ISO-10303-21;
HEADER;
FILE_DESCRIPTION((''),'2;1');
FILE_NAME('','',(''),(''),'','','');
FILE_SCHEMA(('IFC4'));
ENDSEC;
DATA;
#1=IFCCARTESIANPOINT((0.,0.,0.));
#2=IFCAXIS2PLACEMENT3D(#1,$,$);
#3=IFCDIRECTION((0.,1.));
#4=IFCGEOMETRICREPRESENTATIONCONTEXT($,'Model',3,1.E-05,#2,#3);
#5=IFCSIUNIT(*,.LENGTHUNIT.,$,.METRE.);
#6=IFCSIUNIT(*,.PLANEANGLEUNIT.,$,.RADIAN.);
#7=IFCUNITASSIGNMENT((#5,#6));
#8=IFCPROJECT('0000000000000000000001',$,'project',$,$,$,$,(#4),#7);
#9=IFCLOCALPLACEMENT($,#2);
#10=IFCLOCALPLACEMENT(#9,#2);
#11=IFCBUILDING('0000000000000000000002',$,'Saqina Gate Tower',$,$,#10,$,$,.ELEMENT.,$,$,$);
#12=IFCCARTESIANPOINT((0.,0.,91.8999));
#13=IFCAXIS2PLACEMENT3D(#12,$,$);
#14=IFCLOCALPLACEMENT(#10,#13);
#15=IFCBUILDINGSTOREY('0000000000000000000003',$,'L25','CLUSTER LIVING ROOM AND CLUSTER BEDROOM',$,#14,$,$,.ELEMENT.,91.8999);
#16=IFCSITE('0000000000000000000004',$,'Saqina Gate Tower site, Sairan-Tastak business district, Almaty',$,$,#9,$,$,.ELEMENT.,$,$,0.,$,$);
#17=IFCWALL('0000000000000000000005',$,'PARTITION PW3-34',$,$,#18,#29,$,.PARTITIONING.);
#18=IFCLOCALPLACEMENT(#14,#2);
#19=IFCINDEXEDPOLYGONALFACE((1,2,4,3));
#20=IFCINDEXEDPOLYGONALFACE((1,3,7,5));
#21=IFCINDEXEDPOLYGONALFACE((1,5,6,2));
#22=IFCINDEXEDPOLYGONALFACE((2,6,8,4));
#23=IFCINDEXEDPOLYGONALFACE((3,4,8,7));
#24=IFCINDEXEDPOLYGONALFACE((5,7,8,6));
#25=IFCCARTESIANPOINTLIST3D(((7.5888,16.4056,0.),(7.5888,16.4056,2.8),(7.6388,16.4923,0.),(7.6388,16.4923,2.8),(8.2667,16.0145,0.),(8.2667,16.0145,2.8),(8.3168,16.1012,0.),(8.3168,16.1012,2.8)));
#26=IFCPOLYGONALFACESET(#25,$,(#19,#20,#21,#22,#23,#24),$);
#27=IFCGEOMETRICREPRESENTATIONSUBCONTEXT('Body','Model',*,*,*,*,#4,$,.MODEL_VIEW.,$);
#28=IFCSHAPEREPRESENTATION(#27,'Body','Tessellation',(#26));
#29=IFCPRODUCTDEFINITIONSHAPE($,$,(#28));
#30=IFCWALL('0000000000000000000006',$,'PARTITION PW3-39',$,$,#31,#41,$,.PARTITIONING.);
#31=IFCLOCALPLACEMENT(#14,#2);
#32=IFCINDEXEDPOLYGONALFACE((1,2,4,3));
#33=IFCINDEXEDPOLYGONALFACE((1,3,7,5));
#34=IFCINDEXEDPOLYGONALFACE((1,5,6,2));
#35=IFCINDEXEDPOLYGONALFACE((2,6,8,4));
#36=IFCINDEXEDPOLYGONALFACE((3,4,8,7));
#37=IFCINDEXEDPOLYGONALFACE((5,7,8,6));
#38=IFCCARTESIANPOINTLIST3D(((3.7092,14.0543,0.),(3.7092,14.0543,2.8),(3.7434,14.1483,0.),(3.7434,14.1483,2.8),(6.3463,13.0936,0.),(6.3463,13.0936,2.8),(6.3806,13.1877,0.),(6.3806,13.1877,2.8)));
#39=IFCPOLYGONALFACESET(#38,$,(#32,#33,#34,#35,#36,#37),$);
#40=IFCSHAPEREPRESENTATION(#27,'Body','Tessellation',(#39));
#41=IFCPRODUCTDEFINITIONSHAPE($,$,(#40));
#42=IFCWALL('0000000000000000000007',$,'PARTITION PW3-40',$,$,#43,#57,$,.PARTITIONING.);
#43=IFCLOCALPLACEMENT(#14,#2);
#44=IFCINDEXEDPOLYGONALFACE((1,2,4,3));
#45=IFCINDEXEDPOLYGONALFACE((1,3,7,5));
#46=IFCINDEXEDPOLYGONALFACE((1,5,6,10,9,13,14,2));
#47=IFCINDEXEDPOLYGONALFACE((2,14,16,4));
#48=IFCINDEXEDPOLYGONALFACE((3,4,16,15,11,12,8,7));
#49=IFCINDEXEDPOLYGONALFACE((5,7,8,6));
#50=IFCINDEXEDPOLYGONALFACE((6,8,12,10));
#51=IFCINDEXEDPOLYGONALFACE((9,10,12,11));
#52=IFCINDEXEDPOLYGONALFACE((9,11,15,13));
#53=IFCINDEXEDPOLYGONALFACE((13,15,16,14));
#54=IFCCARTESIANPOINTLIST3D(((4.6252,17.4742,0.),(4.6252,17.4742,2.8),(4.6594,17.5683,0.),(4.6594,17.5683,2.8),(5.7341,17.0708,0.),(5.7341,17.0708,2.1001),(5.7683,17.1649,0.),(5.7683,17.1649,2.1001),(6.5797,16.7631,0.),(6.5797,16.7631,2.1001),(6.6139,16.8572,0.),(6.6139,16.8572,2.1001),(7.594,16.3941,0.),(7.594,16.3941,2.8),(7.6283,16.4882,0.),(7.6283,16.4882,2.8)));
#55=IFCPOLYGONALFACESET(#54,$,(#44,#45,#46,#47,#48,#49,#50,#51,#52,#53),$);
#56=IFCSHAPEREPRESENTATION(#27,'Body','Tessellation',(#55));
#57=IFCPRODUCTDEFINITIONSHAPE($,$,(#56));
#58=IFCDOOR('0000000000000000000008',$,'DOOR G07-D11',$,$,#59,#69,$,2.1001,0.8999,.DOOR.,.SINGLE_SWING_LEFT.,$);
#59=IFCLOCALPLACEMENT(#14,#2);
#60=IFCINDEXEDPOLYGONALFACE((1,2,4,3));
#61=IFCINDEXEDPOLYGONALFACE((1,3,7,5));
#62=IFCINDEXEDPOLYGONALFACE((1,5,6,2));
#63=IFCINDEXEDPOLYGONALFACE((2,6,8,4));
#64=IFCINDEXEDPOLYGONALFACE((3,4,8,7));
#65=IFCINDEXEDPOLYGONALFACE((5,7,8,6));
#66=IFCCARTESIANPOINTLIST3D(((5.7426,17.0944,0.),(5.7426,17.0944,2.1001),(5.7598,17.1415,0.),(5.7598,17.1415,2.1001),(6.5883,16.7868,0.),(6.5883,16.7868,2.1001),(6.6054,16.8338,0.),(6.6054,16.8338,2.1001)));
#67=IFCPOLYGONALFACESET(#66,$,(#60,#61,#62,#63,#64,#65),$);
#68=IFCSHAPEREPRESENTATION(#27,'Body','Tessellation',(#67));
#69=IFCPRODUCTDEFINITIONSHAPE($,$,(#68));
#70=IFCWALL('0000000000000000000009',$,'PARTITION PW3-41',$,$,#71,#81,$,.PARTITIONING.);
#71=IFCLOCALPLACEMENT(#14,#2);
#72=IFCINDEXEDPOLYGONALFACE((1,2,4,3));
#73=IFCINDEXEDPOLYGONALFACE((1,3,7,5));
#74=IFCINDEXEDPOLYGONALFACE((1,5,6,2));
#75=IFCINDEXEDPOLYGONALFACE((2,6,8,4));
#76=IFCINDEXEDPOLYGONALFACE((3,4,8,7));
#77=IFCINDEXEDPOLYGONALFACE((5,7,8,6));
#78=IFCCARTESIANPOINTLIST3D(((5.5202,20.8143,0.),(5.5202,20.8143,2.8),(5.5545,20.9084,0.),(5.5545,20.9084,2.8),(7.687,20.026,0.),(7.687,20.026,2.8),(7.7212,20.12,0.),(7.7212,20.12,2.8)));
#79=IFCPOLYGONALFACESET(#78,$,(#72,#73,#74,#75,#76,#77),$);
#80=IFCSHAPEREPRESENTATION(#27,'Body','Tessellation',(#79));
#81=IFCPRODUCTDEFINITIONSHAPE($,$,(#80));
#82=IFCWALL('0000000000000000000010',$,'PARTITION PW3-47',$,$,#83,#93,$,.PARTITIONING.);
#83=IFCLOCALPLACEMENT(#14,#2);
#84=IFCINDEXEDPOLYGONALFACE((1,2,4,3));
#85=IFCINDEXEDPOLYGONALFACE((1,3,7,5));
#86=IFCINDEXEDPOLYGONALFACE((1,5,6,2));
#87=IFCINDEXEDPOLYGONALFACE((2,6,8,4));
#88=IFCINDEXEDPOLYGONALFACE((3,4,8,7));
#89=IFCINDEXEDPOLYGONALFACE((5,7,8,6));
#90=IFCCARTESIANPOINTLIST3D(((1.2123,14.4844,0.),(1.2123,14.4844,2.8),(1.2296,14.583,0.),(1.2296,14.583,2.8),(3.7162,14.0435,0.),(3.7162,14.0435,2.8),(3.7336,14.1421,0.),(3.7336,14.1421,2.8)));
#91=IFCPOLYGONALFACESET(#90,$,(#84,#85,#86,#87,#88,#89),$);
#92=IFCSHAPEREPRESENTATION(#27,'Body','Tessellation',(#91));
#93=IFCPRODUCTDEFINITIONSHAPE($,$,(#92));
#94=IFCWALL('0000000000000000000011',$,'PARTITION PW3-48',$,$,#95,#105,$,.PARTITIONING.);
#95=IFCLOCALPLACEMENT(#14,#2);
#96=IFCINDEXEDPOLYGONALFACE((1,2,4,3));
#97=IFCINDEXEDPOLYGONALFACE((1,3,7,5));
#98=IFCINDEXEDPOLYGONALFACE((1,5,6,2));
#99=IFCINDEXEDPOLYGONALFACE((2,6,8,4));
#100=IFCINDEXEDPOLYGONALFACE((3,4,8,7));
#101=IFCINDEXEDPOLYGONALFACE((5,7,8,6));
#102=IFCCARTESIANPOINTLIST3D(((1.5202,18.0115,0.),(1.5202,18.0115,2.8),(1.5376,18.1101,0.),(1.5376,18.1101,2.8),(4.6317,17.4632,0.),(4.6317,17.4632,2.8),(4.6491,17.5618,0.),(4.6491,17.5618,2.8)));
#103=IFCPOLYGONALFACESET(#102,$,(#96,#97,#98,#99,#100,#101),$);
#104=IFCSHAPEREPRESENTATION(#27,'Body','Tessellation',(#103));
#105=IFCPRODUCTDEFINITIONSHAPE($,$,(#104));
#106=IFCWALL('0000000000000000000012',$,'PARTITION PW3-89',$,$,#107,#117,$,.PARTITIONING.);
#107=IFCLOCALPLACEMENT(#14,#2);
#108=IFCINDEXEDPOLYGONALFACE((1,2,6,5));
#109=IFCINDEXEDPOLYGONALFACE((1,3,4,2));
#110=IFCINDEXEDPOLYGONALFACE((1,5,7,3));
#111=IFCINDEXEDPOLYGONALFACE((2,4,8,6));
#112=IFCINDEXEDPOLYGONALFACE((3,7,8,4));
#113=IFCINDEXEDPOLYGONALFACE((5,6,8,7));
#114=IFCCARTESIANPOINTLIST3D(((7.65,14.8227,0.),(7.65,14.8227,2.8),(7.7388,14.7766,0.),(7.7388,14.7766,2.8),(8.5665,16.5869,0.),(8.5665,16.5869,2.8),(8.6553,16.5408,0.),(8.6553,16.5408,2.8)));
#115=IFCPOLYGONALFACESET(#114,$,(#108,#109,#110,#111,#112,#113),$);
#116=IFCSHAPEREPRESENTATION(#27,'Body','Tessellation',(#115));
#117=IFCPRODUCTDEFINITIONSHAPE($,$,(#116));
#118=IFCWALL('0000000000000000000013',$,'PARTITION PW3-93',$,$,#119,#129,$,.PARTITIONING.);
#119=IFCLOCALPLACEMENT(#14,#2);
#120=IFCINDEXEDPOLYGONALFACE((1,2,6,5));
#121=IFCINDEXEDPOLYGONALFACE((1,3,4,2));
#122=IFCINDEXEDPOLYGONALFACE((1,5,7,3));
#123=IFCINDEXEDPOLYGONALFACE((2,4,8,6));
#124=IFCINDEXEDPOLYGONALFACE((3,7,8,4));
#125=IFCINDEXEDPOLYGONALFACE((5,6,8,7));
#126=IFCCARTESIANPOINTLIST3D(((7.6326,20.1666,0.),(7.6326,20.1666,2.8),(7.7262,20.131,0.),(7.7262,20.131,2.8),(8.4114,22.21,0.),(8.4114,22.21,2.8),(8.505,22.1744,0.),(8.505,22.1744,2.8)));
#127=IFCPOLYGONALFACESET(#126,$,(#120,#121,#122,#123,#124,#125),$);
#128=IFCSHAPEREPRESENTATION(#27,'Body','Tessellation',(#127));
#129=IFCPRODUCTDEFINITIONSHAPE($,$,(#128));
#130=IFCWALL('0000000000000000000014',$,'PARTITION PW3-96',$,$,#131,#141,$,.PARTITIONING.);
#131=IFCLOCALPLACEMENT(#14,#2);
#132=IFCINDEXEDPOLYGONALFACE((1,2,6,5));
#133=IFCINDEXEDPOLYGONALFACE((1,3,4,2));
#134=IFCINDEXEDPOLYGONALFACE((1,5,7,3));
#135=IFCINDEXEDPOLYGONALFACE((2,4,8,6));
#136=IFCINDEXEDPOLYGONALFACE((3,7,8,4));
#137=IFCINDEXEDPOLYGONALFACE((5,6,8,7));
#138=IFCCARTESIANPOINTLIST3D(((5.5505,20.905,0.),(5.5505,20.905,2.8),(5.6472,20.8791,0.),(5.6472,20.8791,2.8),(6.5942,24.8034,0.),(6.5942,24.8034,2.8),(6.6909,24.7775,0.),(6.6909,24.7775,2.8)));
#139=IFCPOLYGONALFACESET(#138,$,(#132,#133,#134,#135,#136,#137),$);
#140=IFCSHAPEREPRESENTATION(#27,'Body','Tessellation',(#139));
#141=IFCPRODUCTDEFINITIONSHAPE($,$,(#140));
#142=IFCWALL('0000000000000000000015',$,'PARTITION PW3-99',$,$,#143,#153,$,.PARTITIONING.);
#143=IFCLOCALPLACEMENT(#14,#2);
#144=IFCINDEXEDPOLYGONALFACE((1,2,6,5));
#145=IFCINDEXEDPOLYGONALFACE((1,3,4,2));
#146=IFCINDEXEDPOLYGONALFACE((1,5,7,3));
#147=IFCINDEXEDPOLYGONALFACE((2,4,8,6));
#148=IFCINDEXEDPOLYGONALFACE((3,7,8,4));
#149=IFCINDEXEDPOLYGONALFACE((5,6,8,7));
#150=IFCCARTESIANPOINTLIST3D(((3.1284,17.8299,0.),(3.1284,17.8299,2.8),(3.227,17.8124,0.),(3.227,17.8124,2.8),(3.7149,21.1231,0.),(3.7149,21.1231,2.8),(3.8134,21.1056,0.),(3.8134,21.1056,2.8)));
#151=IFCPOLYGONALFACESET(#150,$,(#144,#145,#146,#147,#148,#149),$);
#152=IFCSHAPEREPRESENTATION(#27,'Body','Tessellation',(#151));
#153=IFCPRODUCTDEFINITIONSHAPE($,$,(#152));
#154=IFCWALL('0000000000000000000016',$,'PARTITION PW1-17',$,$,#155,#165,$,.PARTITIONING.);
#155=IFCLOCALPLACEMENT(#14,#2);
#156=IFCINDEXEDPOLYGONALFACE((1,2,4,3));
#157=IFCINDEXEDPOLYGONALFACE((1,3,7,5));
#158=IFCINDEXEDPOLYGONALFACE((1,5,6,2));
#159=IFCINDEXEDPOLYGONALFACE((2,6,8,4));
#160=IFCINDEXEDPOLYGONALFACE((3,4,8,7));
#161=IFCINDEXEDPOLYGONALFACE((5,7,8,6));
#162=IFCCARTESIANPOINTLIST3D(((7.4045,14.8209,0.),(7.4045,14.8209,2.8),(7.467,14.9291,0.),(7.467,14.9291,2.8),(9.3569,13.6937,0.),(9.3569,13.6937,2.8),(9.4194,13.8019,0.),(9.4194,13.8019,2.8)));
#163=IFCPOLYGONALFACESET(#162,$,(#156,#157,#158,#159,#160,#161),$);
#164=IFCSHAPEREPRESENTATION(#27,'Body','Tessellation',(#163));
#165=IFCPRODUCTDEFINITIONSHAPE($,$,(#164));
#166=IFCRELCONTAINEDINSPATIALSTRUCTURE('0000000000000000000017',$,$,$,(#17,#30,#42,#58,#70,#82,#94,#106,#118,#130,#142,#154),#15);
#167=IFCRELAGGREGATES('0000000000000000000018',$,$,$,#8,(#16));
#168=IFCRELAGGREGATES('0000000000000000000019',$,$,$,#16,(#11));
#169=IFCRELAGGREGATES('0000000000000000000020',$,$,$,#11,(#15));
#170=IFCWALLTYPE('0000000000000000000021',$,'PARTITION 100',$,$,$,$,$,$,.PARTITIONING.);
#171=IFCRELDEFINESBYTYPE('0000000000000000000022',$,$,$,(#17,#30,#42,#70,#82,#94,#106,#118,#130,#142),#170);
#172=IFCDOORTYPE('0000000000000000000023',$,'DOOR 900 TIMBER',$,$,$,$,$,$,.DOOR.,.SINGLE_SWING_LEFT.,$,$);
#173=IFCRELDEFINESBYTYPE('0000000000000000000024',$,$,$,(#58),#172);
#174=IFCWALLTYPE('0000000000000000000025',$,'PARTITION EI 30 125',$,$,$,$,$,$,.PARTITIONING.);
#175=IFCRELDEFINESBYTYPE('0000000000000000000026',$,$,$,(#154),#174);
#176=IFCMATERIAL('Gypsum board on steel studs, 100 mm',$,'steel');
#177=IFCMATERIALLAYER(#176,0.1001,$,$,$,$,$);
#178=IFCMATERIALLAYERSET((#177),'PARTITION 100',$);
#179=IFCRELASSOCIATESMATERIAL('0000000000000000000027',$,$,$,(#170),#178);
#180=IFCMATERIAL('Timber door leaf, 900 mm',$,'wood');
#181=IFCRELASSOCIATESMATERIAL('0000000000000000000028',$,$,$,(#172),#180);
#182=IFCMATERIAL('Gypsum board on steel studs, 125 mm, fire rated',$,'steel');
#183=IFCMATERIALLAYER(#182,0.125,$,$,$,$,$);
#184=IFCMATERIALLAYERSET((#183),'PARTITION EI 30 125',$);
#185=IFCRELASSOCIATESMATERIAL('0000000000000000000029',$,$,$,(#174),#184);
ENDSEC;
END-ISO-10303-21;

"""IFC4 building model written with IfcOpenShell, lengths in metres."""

from ifc_helpers import new_model, si_unit, direction, frame, frame_2d, origin, place, context, subcontext, project, spatial, rectangle, extrude, material, layer, layer_set, type_object, element, fill, save


model = new_model("IFC4")

# Units and contexts
model_context = context("Model", 3, precision=1e-05, world=origin(), true_north=direction((0.0, 1.0)))
body_context = subcontext(model_context, "Body", "Model", "MODEL_VIEW")
ifc_project = project(units=[si_unit("LENGTHUNIT", "METRE"), si_unit("PLANEANGLEUNIT", "RADIAN")], contexts=[model_context])

# Site, building, storey
site_placement = place(None, origin())
site = spatial("IfcSite", under=ifc_project, at=site_placement, Name="Saqina Gate Tower site, Sairan-Tastak business district, Almaty", CompositionType="ELEMENT", RefElevation=0.0)
building_placement = place(site_placement, origin())
building = spatial("IfcBuilding", under=site, at=building_placement, Name="Saqina Gate Tower", CompositionType="ELEMENT")
storey_placement = place(building_placement, frame((0.0, 0.0, 91.8999)))
storey = spatial("IfcBuildingStorey", under=building, at=storey_placement, Name="L25", Description="CLUSTER LIVING ROOM AND CLUSTER BEDROOM", CompositionType="ELEMENT", Elevation=91.8999)

# Walls
ifc_material_1 = material(Name="Gypsum board on steel studs, 100 mm", Category="steel")
ifc_layer_1 = layer(ifc_material_1, 0.1001)
ifc_layer_set_1 = layer_set([ifc_layer_1], Name="PARTITION 100")
wall_type_1 = type_object("IfcWallType", Name="PARTITION 100", PredefinedType="PARTITIONING", material=ifc_layer_set_1)
wall_1_placement = place(storey_placement, frame((7.6138, 16.449, 0.0), z_axis=(0.0, 0.0, 1.0), x_axis=(0.866201, -0.499695, 0.0)))
element("IfcWall", 1, at=wall_1_placement, inside=storey, type_object=wall_type_1, Name="PARTITION PW3-34", PredefinedType="PARTITIONING", context=body_context, shape_type="SweptSolid", body=[
    extrude(rectangle(XDim=0.7827, YDim=0.1001, at=frame_2d((0.3914, 0.0))), origin(), (0.0, 0.0, 1.0), 2.8),
])
wall_2_placement = place(storey_placement, frame((3.7263, 14.1013, 0.0), z_axis=(0.0, 0.0, 1.0), x_axis=(0.939598, -0.342281, 0.0)))
element("IfcWall", 2, at=wall_2_placement, inside=storey, type_object=wall_type_1, Name="PARTITION PW3-39", PredefinedType="PARTITIONING", context=body_context, shape_type="SweptSolid", body=[
    extrude(rectangle(XDim=2.8066, YDim=0.1001, at=frame_2d((1.4033, 0.0))), origin(), (0.0, 0.0, 1.0), 2.8),
])

# Wall, opening, door
wall_3_placement = place(storey_placement, frame((4.6423, 17.5212, 0.0), z_axis=(0.0, 0.0, 1.0), x_axis=(0.939739, -0.341892, 0.0)))
wall_3 = element("IfcWall", 3, at=wall_3_placement, inside=storey, type_object=wall_type_1, Name="PARTITION PW3-40", PredefinedType="PARTITIONING", context=body_context, shape_type="SweptSolid", body=[
    extrude(rectangle(XDim=3.1592, YDim=0.1001, at=frame_2d((1.5796, 0.0))), origin(), (0.0, 0.0, 1.0), 2.8),
])
opening_1_placement = place(wall_3_placement, frame((1.1799, 0.0, 0.0)))
opening_1 = element("IfcOpeningElement", 4, at=opening_1_placement, cuts=wall_3, PredefinedType="OPENING", context=body_context, shape_type="SweptSolid", body=[
    extrude(rectangle(XDim=0.8999, YDim=2.1001, at=frame_2d((0.45, 1.05))), frame((0.0, 0.062, 0.0), z_axis=(0.0, -1.0, 0.0), x_axis=(1.0, 0.0, 0.0)), (0.0, 0.0, 1.0), 0.124),
])
ifc_material_2 = material(Name="Timber door leaf, 900 mm", Category="wood")
door_type_1 = type_object("IfcDoorType", Name="DOOR 900 TIMBER", OperationType="SINGLE_SWING_LEFT", PredefinedType="DOOR", material=ifc_material_2)
door_1_placement = place(opening_1_placement, frame((0.8999, 0.0, 0.0), z_axis=(0.0, 0.0, 1.0), x_axis=(-1.0, 0.0, 0.0)))
door_1 = element("IfcDoor", 5, at=door_1_placement, inside=storey, type_object=door_type_1, Name="DOOR G07-D11", OperationType="SINGLE_SWING_LEFT", OverallHeight=2.1001, OverallWidth=0.8999, PredefinedType="DOOR", context=body_context, shape_type="SweptSolid", body=[
    extrude(rectangle(XDim=0.8999, YDim=2.1001, at=frame_2d((0.45, 1.05))), frame((0.0, 0.0249, 0.0), z_axis=(0.0, -1.0, 0.0), x_axis=(1.0, 0.0, 0.0)), (0.0, 0.0, 1.0), 0.05),
])
fill(opening_1, door_1)

# Walls
wall_4_placement = place(storey_placement, frame((5.5374, 20.8613, 0.0), z_axis=(0.0, 0.0, 1.0), x_axis=(0.939735, -0.341905, 0.0)))
element("IfcWall", 6, at=wall_4_placement, inside=storey, type_object=wall_type_1, Name="PARTITION PW3-41", PredefinedType="PARTITIONING", context=body_context, shape_type="SweptSolid", body=[
    extrude(rectangle(XDim=2.3057, YDim=0.1001, at=frame_2d((1.1528, 0.0))), origin(), (0.0, 0.0, 1.0), 2.8),
])
wall_5_placement = place(storey_placement, frame((1.2209, 14.5337, 0.0), z_axis=(0.0, 0.0, 1.0), x_axis=(0.984847, -0.173424, 0.0)))
element("IfcWall", 7, at=wall_5_placement, inside=storey, type_object=wall_type_1, Name="PARTITION PW3-47", PredefinedType="PARTITIONING", context=body_context, shape_type="SweptSolid", body=[
    extrude(rectangle(XDim=2.5425, YDim=0.1001, at=frame_2d((1.2712, 0.0))), origin(), (0.0, 0.0, 1.0), 2.8),
])
wall_6_placement = place(storey_placement, frame((1.5291, 18.0608, 0.0), z_axis=(0.0, 0.0, 1.0), x_axis=(0.984825, -0.173552, 0.0)))
element("IfcWall", 8, at=wall_6_placement, inside=storey, type_object=wall_type_1, Name="PARTITION PW3-48", PredefinedType="PARTITIONING", context=body_context, shape_type="SweptSolid", body=[
    extrude(rectangle(XDim=3.1594, YDim=0.1001, at=frame_2d((1.5796, 0.0))), origin(), (0.0, 0.0, 1.0), 2.8),
])
wall_7_placement = place(storey_placement, frame((7.6943, 14.7996, 0.0), z_axis=(0.0, 0.0, 1.0), x_axis=(0.461012, 0.887394, 0.0)))
element("IfcWall", 9, at=wall_7_placement, inside=storey, type_object=wall_type_1, Name="PARTITION PW3-89", PredefinedType="PARTITIONING", context=body_context, shape_type="SweptSolid", body=[
    extrude(rectangle(XDim=1.988, YDim=0.1001, at=frame_2d((0.9941, 0.0))), origin(), (0.0, 0.0, 1.0), 2.8),
])
wall_8_placement = place(storey_placement, frame((7.6794, 20.1489, 0.0), z_axis=(0.0, 0.0, 1.0), x_axis=(0.356135, 0.934435, 0.0)))
element("IfcWall", 10, at=wall_8_placement, inside=storey, type_object=wall_type_1, Name="PARTITION PW3-93", PredefinedType="PARTITIONING", context=body_context, shape_type="SweptSolid", body=[
    extrude(rectangle(XDim=2.1868, YDim=0.1001, at=frame_2d((1.0933, 0.0))), origin(), (0.0, 0.0, 1.0), 2.8),
])
wall_9_placement = place(storey_placement, frame((5.5989, 20.8921, 0.0), z_axis=(0.0, 0.0, 1.0), x_axis=(0.258615, 0.96598, 0.0)))
element("IfcWall", 11, at=wall_9_placement, inside=storey, type_object=wall_type_1, Name="PARTITION PW3-96", PredefinedType="PARTITIONING", context=body_context, shape_type="SweptSolid", body=[
    extrude(rectangle(XDim=4.0356, YDim=0.1001, at=frame_2d((2.0178, 0.0))), origin(), (0.0, 0.0, 1.0), 2.8),
])
wall_10_placement = place(storey_placement, frame((3.1777, 17.8213, 0.0), z_axis=(0.0, 0.0, 1.0), x_axis=(0.175313, 0.984513, 0.0)))
element("IfcWall", 12, at=wall_10_placement, inside=storey, type_object=wall_type_1, Name="PARTITION PW3-99", PredefinedType="PARTITIONING", context=body_context, shape_type="SweptSolid", body=[
    extrude(rectangle(XDim=3.345, YDim=0.1001, at=frame_2d((1.6724, 0.0))), origin(), (0.0, 0.0, 1.0), 2.8),
])
ifc_material_3 = material(Name="Gypsum board on steel studs, 125 mm, fire rated", Category="steel")
ifc_layer_2 = layer(ifc_material_3, 0.125)
ifc_layer_set_2 = layer_set([ifc_layer_2], Name="PARTITION EI 30 125")
wall_type_2 = type_object("IfcWallType", Name="PARTITION EI 30 125", PredefinedType="PARTITIONING", material=ifc_layer_set_2)
wall_11_placement = place(storey_placement, frame((7.4358, 14.875, 0.0), z_axis=(0.0, 0.0, 1.0), x_axis=(0.866029, -0.499994, 0.0)))
element("IfcWall", 13, at=wall_11_placement, inside=storey, type_object=wall_type_2, Name="PARTITION PW1-17", PredefinedType="PARTITIONING", context=body_context, shape_type="SweptSolid", body=[
    extrude(rectangle(XDim=2.2544, YDim=0.125, at=frame_2d((1.1272, 0.0))), origin(), (0.0, 0.0, 1.0), 2.8),
])

save(model, "model.ifc")
